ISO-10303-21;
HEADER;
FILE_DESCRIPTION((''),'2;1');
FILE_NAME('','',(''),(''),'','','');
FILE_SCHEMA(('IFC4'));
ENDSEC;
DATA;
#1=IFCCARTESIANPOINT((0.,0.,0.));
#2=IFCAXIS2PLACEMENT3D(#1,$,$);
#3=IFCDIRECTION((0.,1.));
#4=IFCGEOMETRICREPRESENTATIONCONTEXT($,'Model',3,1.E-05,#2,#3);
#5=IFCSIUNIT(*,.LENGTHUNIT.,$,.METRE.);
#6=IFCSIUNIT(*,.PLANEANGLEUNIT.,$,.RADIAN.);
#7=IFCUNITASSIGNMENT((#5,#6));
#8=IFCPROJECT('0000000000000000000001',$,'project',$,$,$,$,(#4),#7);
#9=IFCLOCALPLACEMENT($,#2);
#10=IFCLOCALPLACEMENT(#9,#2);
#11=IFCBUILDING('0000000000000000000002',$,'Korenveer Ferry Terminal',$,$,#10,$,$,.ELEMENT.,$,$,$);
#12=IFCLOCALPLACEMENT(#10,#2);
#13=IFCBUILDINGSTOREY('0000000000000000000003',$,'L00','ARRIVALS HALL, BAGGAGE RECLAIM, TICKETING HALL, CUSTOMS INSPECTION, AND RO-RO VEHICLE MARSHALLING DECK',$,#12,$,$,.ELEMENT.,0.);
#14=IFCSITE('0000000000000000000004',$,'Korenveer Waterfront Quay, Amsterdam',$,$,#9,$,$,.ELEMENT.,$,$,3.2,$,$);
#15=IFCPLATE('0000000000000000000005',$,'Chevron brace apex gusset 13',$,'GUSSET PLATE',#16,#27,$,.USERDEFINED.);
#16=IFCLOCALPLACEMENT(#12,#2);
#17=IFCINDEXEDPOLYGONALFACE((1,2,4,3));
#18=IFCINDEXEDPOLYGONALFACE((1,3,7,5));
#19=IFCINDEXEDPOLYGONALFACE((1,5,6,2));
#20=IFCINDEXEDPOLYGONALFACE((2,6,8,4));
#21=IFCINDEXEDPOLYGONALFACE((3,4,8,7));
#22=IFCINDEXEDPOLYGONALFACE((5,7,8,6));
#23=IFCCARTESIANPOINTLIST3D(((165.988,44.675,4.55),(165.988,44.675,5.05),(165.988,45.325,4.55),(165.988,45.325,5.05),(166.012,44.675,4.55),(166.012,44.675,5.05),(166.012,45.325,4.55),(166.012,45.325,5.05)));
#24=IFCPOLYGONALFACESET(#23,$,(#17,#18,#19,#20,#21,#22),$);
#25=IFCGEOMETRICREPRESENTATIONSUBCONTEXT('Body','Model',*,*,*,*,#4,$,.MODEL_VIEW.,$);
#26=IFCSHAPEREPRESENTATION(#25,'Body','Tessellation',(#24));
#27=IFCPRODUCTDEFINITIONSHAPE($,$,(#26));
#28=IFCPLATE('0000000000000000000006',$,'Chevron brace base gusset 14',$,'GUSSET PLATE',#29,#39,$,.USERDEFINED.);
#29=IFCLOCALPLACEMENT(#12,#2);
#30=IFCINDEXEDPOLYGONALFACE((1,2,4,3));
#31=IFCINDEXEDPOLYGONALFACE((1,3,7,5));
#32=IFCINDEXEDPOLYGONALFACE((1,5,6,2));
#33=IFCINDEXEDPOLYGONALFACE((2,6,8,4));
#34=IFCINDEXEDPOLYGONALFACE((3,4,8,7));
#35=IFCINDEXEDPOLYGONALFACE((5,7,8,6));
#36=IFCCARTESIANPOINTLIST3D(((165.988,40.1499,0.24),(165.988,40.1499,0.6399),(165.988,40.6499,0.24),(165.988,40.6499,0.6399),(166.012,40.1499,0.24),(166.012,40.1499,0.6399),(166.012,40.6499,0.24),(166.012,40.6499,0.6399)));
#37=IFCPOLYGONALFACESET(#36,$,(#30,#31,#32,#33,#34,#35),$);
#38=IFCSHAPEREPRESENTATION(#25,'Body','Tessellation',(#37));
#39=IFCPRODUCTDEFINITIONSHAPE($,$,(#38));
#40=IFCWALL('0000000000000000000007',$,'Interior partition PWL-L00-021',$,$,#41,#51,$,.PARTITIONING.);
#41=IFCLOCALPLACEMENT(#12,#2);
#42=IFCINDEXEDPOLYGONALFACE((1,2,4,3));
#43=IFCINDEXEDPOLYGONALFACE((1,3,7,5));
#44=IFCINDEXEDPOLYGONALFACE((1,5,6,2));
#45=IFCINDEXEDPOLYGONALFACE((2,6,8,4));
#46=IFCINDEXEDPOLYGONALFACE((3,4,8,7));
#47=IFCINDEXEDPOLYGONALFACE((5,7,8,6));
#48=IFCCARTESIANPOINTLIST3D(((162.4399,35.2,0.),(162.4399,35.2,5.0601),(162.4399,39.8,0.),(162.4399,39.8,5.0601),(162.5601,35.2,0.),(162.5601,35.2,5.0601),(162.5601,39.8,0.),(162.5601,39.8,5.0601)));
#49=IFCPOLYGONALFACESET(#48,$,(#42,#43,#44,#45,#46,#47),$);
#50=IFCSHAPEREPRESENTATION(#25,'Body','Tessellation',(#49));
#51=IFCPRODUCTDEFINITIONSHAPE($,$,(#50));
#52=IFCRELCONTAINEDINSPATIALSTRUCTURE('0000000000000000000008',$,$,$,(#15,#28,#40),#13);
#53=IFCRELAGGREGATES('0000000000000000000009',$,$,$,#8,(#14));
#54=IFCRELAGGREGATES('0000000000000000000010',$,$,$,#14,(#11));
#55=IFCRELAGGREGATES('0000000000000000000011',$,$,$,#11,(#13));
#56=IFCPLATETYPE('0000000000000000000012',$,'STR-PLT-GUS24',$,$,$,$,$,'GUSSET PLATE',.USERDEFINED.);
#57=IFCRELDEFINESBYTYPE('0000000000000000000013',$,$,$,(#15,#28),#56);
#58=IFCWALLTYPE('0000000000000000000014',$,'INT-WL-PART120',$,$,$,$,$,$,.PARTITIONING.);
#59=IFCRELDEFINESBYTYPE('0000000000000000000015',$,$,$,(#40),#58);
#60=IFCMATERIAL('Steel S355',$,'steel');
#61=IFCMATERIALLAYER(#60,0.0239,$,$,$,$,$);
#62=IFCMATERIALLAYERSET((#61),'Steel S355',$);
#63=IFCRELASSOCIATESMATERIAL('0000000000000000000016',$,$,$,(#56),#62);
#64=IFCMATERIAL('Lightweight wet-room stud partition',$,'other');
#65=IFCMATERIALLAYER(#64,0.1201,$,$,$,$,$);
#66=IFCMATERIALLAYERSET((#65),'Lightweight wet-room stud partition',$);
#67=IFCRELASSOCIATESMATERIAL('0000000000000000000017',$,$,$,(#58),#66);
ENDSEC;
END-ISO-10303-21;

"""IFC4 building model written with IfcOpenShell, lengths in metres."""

from ifc_helpers import new_model, si_unit, direction, frame, frame_2d, origin, origin_2d, place, context, subcontext, project, spatial, rectangle, extrude, material, layer, layer_set, type_object, element, save


model = new_model("IFC4")

# Units and contexts
model_context = context("Model", 3, precision=1e-05, world=origin(), true_north=direction((0.0, 1.0)))
body_context = subcontext(model_context, "Body", "Model", "MODEL_VIEW")
ifc_project = project(units=[si_unit("LENGTHUNIT", "METRE"), si_unit("PLANEANGLEUNIT", "RADIAN")], contexts=[model_context])

# Site, building, storey
site_placement = place(None, origin())
site = spatial("IfcSite", under=ifc_project, at=site_placement, Name="Korenveer Waterfront Quay, Amsterdam", CompositionType="ELEMENT", RefElevation=3.2)
building_placement = place(site_placement, origin())
building = spatial("IfcBuilding", under=site, at=building_placement, Name="Korenveer Ferry Terminal", CompositionType="ELEMENT")
storey_placement = place(building_placement, origin())
storey = spatial("IfcBuildingStorey", under=building, at=storey_placement, Name="L00", Description="ARRIVALS HALL, BAGGAGE RECLAIM, TICKETING HALL, CUSTOMS INSPECTION, AND RO-RO VEHICLE MARSHALLING DECK", CompositionType="ELEMENT", Elevation=0.0)

# Shared definitions
ifc_material_1 = material(Name="Steel S355", Category="steel")

# Plates
ifc_layer_1 = layer(ifc_material_1, 0.0239)
ifc_layer_set_1 = layer_set([ifc_layer_1], Name="Steel S355")
plate_type_1 = type_object("IfcPlateType", Name="STR-PLT-GUS24", ElementType="GUSSET PLATE", PredefinedType="USERDEFINED", material=ifc_layer_set_1)
plate_1_placement = place(storey_placement, frame((166.0, 45.0, 4.55), z_axis=(0.0, 0.0, 1.0), x_axis=(1.0, 0.0, 0.0)))
element("IfcPlate", 1, at=plate_1_placement, inside=storey, type_object=plate_type_1, Name="Chevron brace apex gusset 13", ObjectType="GUSSET PLATE", PredefinedType="USERDEFINED", context=body_context, shape_type="SweptSolid", body=[
    extrude(rectangle(XDim=0.0239, YDim=0.6499, at=origin_2d()), origin(), (0.0, 0.0, 1.0), 0.5),
])
plate_2_placement = place(storey_placement, frame((166.0, 40.3999, 0.24), z_axis=(0.0, 0.0, 1.0), x_axis=(1.0, 0.0, 0.0)))
element("IfcPlate", 2, at=plate_2_placement, inside=storey, type_object=plate_type_1, Name="Chevron brace base gusset 14", ObjectType="GUSSET PLATE", PredefinedType="USERDEFINED", context=body_context, shape_type="SweptSolid", body=[
    extrude(rectangle(XDim=0.0239, YDim=0.5, at=origin_2d()), origin(), (0.0, 0.0, 1.0), 0.3999),
])

# Wall
ifc_material_2 = material(Name="Lightweight wet-room stud partition", Category="other")
ifc_layer_2 = layer(ifc_material_2, 0.1201)
ifc_layer_set_2 = layer_set([ifc_layer_2], Name="Lightweight wet-room stud partition")
wall_type = type_object("IfcWallType", Name="INT-WL-PART120", PredefinedType="PARTITIONING", material=ifc_layer_set_2)
wall_placement = place(storey_placement, frame((162.5, 35.2, 0.0), z_axis=(0.0, 0.0, 1.0), x_axis=(0.0, 1.0, 0.0)))
element("IfcWall", 3, at=wall_placement, inside=storey, type_object=wall_type, Name="Interior partition PWL-L00-021", PredefinedType="PARTITIONING", context=body_context, shape_type="SweptSolid", body=[
    extrude(rectangle(XDim=4.6001, YDim=0.1201, at=frame_2d((2.3, 0.0))), origin(), (0.0, 0.0, 1.0), 5.0601),
])

save(model, "model.ifc")
